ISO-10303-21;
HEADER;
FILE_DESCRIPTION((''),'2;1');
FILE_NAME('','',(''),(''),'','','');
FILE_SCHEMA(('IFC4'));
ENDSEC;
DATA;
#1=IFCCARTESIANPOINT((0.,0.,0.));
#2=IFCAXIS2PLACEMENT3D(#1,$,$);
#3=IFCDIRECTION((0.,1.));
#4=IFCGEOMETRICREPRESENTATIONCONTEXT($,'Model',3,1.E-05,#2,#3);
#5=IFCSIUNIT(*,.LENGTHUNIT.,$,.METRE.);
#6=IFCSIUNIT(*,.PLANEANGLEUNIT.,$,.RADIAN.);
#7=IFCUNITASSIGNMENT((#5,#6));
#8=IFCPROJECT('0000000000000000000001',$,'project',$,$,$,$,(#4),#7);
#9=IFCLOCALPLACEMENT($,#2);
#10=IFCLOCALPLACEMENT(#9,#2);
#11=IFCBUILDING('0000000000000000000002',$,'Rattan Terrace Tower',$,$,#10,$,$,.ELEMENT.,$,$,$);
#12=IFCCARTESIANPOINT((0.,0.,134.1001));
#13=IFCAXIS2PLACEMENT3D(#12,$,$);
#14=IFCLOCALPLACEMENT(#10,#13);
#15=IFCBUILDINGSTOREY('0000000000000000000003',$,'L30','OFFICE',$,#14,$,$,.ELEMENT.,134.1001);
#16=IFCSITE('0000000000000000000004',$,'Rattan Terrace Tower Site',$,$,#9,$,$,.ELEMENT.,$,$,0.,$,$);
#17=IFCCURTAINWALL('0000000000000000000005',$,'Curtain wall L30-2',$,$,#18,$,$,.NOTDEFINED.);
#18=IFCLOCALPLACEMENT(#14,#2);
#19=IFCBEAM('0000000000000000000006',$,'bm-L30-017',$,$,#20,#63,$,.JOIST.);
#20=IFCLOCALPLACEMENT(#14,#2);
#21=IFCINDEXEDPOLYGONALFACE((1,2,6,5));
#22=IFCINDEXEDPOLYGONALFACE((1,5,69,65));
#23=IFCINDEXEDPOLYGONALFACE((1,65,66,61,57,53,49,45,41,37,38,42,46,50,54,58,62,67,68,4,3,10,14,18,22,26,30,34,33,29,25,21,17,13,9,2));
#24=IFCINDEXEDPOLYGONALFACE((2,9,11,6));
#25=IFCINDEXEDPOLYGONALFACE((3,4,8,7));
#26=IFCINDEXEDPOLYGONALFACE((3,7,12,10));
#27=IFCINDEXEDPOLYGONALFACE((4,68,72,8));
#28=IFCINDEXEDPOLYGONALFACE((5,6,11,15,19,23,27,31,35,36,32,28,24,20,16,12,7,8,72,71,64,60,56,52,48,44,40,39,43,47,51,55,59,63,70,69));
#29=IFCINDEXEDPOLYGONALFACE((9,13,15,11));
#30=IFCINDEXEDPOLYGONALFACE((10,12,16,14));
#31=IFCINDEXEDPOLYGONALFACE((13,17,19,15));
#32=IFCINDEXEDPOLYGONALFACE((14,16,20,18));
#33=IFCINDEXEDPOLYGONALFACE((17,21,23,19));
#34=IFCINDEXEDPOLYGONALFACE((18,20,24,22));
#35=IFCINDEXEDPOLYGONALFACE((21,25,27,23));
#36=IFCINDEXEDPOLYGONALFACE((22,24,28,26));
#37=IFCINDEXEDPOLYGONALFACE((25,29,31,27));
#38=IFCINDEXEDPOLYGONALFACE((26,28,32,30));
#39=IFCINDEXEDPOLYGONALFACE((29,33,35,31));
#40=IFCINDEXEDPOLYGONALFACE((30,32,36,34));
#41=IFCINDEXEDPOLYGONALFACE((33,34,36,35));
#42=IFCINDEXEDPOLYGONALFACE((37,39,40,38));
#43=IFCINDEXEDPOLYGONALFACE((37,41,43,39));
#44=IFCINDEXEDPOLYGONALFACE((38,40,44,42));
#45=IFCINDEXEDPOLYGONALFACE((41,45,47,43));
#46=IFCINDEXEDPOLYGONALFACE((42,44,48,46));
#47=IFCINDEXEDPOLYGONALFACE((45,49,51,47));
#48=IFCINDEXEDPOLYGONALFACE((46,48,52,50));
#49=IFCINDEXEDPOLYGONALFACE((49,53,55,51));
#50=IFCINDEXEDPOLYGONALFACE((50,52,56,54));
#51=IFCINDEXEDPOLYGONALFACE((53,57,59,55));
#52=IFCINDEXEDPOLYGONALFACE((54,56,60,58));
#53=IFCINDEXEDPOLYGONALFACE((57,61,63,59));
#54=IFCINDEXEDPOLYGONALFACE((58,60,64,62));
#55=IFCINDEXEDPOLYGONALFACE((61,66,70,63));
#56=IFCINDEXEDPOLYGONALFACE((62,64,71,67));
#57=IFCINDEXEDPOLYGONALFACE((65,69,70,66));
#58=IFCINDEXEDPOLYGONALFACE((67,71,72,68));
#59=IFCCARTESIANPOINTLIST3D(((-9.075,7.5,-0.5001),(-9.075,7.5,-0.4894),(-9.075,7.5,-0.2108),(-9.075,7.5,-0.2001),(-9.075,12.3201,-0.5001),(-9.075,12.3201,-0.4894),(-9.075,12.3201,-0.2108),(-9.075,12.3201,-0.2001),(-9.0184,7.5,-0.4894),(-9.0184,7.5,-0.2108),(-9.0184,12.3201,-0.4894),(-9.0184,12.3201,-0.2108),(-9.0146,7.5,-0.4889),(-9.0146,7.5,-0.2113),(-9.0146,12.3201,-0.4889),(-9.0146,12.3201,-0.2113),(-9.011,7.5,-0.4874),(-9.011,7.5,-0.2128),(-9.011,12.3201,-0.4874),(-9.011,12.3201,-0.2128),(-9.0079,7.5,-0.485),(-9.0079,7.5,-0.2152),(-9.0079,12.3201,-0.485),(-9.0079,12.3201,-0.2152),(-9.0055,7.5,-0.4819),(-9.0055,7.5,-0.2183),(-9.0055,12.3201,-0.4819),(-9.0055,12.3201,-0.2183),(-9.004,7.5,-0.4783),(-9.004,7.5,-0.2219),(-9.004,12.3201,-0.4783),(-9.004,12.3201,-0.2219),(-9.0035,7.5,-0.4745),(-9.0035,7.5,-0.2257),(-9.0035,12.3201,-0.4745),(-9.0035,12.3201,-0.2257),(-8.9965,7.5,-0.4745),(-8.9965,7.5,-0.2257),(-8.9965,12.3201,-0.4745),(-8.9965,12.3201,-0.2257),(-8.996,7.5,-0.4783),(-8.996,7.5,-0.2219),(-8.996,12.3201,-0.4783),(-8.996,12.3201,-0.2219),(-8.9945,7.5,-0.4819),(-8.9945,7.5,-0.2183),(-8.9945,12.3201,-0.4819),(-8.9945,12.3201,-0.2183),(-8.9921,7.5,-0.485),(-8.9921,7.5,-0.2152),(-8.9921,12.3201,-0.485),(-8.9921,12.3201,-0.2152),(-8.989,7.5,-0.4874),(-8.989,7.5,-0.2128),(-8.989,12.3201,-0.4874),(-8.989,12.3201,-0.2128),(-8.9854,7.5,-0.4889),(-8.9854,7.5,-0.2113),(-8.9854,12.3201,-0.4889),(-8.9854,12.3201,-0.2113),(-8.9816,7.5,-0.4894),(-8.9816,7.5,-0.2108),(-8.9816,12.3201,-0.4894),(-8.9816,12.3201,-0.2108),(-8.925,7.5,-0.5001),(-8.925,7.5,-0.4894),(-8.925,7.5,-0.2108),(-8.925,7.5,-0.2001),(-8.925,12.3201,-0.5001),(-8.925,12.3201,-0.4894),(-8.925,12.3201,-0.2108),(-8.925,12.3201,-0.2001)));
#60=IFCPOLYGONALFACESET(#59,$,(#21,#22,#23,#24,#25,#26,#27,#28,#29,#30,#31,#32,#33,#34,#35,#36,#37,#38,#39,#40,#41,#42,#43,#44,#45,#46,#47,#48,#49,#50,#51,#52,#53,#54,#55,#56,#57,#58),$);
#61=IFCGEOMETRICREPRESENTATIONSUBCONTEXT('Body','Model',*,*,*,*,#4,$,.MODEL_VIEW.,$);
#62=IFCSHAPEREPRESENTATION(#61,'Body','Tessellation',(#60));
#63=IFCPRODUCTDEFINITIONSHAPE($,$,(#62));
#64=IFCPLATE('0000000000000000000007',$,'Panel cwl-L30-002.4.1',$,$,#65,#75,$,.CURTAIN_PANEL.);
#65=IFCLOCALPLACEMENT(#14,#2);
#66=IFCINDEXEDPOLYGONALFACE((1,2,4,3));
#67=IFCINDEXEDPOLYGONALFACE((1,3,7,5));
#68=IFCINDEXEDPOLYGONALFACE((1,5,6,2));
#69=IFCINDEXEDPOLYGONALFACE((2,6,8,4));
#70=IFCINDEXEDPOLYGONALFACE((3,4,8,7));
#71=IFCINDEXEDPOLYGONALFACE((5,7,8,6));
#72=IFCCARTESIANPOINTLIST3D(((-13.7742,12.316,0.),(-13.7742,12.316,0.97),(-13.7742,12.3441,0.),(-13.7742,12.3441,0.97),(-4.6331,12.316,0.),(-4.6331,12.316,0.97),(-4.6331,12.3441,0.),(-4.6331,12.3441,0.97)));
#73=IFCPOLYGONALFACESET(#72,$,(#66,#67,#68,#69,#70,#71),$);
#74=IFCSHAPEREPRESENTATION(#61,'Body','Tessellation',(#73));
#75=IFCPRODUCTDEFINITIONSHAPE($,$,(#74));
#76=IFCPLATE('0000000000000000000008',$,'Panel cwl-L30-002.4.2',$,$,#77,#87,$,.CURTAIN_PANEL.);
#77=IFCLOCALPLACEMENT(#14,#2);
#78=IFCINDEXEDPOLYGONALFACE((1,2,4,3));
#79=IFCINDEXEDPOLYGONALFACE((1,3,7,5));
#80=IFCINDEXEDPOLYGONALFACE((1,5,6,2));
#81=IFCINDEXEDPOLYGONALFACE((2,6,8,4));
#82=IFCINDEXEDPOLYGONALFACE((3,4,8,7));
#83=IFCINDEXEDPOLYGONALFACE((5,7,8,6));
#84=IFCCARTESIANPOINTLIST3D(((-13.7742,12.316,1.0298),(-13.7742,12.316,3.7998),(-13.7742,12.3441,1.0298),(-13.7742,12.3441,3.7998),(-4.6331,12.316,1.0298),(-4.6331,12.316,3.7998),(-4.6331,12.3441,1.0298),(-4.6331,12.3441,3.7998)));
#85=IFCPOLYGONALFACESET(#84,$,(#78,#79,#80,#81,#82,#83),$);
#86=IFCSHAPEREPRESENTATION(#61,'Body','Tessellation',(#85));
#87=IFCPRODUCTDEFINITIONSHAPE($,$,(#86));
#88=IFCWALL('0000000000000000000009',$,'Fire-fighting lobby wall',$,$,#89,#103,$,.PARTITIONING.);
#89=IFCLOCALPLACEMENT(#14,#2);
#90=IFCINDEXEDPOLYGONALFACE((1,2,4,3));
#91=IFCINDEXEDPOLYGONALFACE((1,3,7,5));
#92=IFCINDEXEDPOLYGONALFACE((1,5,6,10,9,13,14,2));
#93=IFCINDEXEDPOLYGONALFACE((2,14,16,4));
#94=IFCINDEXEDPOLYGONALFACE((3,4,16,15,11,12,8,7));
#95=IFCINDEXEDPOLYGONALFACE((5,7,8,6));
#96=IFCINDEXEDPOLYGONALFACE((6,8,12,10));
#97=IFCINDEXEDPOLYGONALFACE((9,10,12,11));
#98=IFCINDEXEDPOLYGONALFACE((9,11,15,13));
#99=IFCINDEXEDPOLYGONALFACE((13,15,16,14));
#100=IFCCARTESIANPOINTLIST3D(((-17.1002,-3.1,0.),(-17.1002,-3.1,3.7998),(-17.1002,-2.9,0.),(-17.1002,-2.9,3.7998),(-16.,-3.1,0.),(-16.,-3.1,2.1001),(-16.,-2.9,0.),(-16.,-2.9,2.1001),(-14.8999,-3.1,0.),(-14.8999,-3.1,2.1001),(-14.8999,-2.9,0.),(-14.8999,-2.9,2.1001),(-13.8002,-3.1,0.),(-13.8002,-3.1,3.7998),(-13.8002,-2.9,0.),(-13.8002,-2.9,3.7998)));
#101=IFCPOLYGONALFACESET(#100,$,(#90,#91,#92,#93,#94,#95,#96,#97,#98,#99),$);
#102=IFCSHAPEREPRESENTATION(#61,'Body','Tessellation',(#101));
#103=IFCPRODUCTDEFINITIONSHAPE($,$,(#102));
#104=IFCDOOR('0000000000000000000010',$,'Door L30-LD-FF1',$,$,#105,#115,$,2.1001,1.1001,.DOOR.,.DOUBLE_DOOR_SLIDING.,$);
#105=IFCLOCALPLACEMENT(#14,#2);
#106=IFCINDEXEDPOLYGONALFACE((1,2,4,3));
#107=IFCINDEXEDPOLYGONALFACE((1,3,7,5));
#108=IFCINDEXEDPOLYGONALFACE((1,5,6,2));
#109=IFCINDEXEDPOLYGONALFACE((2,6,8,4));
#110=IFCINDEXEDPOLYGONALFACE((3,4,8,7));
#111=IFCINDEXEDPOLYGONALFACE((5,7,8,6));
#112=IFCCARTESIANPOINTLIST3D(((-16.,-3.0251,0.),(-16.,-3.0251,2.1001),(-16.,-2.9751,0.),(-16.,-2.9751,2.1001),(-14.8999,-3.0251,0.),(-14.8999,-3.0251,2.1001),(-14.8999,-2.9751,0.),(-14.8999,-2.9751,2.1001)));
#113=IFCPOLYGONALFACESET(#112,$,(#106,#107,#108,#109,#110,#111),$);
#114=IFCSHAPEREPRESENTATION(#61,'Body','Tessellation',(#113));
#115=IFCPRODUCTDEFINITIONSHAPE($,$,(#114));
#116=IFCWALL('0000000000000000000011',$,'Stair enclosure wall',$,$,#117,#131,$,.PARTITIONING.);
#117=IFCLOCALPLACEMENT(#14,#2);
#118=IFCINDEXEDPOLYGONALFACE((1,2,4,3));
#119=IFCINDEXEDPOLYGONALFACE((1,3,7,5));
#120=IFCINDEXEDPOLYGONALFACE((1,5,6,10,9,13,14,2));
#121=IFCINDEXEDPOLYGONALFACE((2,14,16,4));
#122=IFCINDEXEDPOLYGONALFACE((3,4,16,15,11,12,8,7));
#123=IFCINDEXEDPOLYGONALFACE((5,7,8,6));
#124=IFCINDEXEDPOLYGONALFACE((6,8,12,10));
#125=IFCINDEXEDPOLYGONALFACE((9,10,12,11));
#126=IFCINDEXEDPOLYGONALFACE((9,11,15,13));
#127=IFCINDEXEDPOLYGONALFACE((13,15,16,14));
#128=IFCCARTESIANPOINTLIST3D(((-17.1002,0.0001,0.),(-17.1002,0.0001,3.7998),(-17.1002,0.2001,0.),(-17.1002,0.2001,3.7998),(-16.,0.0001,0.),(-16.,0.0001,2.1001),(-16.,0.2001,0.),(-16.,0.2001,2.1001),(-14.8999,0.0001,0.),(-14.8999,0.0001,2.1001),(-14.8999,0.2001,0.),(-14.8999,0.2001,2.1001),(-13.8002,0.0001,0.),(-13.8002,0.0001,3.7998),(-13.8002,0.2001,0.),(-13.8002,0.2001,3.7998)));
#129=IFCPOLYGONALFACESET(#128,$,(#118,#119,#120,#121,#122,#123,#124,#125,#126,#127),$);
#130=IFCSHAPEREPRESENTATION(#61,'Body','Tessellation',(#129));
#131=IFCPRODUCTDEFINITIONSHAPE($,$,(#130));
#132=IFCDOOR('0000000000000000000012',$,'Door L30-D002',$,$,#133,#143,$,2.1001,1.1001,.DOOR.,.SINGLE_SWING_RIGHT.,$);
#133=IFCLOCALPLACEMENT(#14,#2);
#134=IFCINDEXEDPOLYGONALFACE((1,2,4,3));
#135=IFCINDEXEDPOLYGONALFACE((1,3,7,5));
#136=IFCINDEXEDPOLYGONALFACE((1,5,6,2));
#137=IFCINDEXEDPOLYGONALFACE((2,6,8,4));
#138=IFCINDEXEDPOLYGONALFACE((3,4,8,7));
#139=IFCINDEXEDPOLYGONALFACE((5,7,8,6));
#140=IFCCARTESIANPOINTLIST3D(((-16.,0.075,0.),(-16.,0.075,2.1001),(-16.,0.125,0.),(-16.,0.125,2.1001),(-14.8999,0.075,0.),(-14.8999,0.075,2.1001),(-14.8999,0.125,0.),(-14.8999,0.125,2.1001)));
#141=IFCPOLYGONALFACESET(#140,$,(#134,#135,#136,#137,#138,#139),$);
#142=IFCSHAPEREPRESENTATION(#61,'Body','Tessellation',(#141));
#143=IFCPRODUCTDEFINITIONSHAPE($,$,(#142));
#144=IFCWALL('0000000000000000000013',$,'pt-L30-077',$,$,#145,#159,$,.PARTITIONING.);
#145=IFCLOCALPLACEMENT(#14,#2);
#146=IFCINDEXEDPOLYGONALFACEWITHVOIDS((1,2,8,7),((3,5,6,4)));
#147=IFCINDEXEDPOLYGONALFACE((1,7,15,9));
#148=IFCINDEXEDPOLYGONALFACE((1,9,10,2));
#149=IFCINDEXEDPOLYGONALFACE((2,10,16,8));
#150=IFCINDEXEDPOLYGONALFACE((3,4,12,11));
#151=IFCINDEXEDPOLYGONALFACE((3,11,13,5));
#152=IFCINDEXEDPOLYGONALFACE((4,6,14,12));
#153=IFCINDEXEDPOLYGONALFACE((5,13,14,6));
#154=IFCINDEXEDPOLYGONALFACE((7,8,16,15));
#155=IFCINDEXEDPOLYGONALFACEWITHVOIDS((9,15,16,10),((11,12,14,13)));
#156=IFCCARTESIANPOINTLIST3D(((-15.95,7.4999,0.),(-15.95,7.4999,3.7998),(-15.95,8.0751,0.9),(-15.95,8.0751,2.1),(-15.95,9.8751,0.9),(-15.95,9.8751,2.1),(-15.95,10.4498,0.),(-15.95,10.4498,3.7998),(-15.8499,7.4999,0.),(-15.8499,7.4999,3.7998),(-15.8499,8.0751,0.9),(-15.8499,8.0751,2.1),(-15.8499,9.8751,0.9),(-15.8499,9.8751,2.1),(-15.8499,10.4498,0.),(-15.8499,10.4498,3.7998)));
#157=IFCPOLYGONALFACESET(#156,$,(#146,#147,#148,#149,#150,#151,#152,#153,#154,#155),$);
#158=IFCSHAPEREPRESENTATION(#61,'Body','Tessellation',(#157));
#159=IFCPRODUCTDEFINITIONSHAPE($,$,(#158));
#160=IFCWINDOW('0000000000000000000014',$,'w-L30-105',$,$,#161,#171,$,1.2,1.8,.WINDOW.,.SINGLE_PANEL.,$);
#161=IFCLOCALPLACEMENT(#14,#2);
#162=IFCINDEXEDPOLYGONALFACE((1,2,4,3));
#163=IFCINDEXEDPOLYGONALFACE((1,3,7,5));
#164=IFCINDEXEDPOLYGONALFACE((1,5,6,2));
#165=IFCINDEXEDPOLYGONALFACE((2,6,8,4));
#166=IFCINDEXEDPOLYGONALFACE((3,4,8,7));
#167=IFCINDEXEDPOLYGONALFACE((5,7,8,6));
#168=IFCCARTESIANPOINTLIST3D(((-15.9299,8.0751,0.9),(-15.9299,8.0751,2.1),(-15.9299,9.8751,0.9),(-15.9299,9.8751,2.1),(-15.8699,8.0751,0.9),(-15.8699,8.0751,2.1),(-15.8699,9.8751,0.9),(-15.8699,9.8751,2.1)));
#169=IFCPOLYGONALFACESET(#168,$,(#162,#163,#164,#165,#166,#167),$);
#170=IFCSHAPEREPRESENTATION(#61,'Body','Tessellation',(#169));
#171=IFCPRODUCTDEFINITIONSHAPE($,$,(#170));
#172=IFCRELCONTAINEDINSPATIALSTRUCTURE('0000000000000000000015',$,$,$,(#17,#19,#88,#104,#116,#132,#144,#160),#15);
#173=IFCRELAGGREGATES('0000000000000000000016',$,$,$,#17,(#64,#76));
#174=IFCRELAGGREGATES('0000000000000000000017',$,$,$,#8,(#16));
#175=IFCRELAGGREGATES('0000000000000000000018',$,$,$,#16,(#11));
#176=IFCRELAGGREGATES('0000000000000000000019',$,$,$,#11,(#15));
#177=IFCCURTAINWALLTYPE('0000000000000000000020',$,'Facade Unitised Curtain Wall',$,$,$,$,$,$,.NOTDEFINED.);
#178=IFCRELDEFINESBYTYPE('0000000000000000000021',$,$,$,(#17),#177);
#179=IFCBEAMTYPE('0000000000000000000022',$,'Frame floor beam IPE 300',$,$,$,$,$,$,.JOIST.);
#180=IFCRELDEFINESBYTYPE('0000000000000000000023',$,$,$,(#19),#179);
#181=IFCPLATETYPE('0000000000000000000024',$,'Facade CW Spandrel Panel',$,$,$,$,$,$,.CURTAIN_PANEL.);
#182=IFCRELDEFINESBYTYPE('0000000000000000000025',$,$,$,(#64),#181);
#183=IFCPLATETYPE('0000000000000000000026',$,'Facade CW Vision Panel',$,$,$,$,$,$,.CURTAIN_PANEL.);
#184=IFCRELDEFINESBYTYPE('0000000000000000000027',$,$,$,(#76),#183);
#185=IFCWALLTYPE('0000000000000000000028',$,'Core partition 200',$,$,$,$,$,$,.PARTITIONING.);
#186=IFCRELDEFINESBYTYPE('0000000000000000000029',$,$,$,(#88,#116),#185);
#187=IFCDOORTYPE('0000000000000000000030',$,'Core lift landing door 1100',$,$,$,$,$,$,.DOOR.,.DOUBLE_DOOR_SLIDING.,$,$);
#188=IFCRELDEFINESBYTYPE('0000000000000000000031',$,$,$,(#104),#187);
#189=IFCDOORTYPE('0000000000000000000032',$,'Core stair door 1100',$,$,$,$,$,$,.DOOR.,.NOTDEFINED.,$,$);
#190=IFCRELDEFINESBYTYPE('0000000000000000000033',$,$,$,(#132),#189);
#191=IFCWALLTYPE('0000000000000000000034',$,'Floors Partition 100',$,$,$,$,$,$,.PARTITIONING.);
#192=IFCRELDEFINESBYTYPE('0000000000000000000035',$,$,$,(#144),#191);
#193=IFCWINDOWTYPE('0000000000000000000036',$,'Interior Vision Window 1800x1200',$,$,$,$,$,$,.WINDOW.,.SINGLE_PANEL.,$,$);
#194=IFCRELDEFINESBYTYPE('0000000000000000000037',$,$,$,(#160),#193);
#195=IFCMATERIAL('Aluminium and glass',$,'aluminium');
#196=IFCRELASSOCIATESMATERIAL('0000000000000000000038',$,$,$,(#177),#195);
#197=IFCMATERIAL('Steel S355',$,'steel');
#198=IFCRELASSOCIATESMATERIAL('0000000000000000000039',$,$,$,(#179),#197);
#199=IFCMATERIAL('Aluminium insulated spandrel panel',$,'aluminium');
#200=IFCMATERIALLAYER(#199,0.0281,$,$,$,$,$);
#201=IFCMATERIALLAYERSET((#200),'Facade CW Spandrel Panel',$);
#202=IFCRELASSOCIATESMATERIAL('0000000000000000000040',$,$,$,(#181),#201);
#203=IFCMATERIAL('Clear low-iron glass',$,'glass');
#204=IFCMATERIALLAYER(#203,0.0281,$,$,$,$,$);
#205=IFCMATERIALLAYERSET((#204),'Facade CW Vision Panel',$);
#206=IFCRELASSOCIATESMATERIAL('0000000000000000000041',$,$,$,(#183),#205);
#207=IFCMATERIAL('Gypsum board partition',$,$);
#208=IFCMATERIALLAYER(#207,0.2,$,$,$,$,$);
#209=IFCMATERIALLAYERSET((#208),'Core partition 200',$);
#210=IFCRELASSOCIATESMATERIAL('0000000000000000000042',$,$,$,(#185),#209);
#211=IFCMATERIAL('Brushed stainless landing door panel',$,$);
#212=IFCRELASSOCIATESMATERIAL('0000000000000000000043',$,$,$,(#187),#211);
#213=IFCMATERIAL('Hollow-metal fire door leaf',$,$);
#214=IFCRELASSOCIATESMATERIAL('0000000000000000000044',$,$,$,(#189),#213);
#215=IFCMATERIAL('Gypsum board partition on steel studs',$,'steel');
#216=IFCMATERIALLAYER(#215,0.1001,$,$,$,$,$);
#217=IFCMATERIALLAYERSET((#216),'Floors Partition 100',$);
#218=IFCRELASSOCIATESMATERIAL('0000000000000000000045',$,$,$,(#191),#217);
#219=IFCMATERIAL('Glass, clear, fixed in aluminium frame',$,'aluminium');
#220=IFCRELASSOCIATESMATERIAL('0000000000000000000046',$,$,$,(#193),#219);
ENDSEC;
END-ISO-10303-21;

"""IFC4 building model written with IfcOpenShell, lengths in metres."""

from ifc_helpers import new_model, si_unit, direction, frame, frame_2d, origin, origin_2d, place, context, subcontext, project, spatial, rectangle, i_section, extrude, material, layer, layer_set, material_profile, profile_set, type_object, element, fill, aggregate, save


model = new_model("IFC4")

# Units and contexts
model_context = context("Model", 3, precision=1e-05, world=origin(), true_north=direction((0.0, 1.0)))
body_context = subcontext(model_context, "Body", "Model", "MODEL_VIEW")
ifc_project = project(units=[si_unit("LENGTHUNIT", "METRE"), si_unit("PLANEANGLEUNIT", "RADIAN")], contexts=[model_context])

# Site, building, storey
site_placement = place(None, origin())
site = spatial("IfcSite", under=ifc_project, at=site_placement, Name="Rattan Terrace Tower Site", CompositionType="ELEMENT", RefElevation=0.0)
building_placement = place(site_placement, origin())
building = spatial("IfcBuilding", under=site, at=building_placement, Name="Rattan Terrace Tower", CompositionType="ELEMENT")
storey_placement = place(building_placement, frame((0.0, 0.0, 134.1001)))
storey = spatial("IfcBuildingStorey", under=building, at=storey_placement, Name="L30", Description="OFFICE", CompositionType="ELEMENT", Elevation=134.1001)

# Curtain wall
ifc_material_1 = material(Name="Aluminium and glass", Category="aluminium")
curtain_wall_type = type_object("IfcCurtainWallType", Name="Facade Unitised Curtain Wall", PredefinedType="NOTDEFINED", material=ifc_material_1)
curtain_wall_placement = place(storey_placement, origin())
curtain_wall = element("IfcCurtainWall", 1, at=curtain_wall_placement, inside=storey, type_object=curtain_wall_type, Name="Curtain wall L30-2", PredefinedType="NOTDEFINED")

# Beam
ifc_material_2 = material(Name="Steel S355", Category="steel")
ifc_material_profile_1 = material_profile(ifc_material_2, i_section(OverallWidth=0.1499, OverallDepth=0.3, WebThickness=0.0071, FlangeThickness=0.0107, FilletRadius=0.0149, at=origin_2d()), Name="IPE 300")
ifc_profile_set_1 = profile_set([ifc_material_profile_1], Name="Steel S355")
beam_type_1 = type_object("IfcBeamType", Name="Frame floor beam IPE 300", PredefinedType="JOIST", material=ifc_profile_set_1)
for number, where, z_axis, x_axis, name in (
    (2, (-9.0, 7.5, -0.3501), (0.0, 1.0, 0.0), (-1.0, 0.0, 0.0), "bm-L30-017"),
):
    element("IfcBeam", number, at=place(storey_placement, frame(where, z_axis=z_axis, x_axis=x_axis)), inside=storey, type_object=beam_type_1, Name=name, PredefinedType="JOIST", context=body_context, shape_type="SweptSolid", body=[
        extrude(i_section(OverallWidth=0.1499, OverallDepth=0.3, WebThickness=0.0071, FlangeThickness=0.0107, FilletRadius=0.0149, at=origin_2d()), origin(), (0.0, 0.0, 1.0), 4.8201),
    ])

# Plates
ifc_material_3 = material(Name="Aluminium insulated spandrel panel", Category="aluminium")
ifc_layer_1 = layer(ifc_material_3, 0.0281)
ifc_layer_set_1 = layer_set([ifc_layer_1], Name="Facade CW Spandrel Panel")
plate_type_1 = type_object("IfcPlateType", Name="Facade CW Spandrel Panel", PredefinedType="CURTAIN_PANEL", material=ifc_layer_set_1)
plate_1_placement = place(storey_placement, frame((-9.2036, 12.3301, 0.0), z_axis=(0.0, 0.0, 1.0), x_axis=(-1.0, 0.0, 0.0)))
plate_1 = element("IfcPlate", 3, at=plate_1_placement, type_object=plate_type_1, Name="Panel cwl-L30-002.4.1", PredefinedType="CURTAIN_PANEL", context=body_context, shape_type="SweptSolid", body=[
    extrude(rectangle(XDim=9.1411, YDim=0.0281, at=origin_2d()), origin(), (0.0, 0.0, 1.0), 0.97),
])
ifc_material_4 = material(Name="Clear low-iron glass", Category="glass")
ifc_layer_2 = layer(ifc_material_4, 0.0281)
ifc_layer_set_2 = layer_set([ifc_layer_2], Name="Facade CW Vision Panel")
plate_type_2 = type_object("IfcPlateType", Name="Facade CW Vision Panel", PredefinedType="CURTAIN_PANEL", material=ifc_layer_set_2)
plate_2_placement = place(storey_placement, frame((-9.2036, 12.3301, 1.0298), z_axis=(0.0, 0.0, 1.0), x_axis=(-1.0, 0.0, 0.0)))
plate_2 = element("IfcPlate", 4, at=plate_2_placement, type_object=plate_type_2, Name="Panel cwl-L30-002.4.2", PredefinedType="CURTAIN_PANEL", context=body_context, shape_type="SweptSolid", body=[
    extrude(rectangle(XDim=9.1411, YDim=0.0281, at=origin_2d()), origin(), (0.0, 0.0, 1.0), 2.77),
])
aggregate(curtain_wall, [plate_1, plate_2])

# Walls, openings, doors
ifc_material_5 = material(Name="Gypsum board partition")
ifc_layer_3 = layer(ifc_material_5, 0.2)
ifc_layer_set_3 = layer_set([ifc_layer_3], Name="Core partition 200")
wall_type_1 = type_object("IfcWallType", Name="Core partition 200", PredefinedType="PARTITIONING", material=ifc_layer_set_3)
wall_1_placement = place(storey_placement, frame((-17.1001, -3.0, 0.0), z_axis=(0.0, 0.0, 1.0), x_axis=(1.0, 0.0, 0.0)))
wall_1 = element("IfcWall", 5, at=wall_1_placement, inside=storey, type_object=wall_type_1, Name="Fire-fighting lobby wall", PredefinedType="PARTITIONING", context=body_context, shape_type="SweptSolid", body=[
    extrude(rectangle(XDim=3.3, YDim=0.2, at=frame_2d((1.6499, 0.0))), origin(), (0.0, 0.0, 1.0), 3.7998),
])
opening_1_placement = place(wall_1_placement, frame((1.1001, 0.0, 0.0)))
opening_1 = element("IfcOpeningElement", 6, at=opening_1_placement, cuts=wall_1, PredefinedType="OPENING", context=body_context, shape_type="SweptSolid", body=[
    extrude(rectangle(XDim=1.1001, YDim=2.1001, at=frame_2d((0.55, 1.05))), frame((0.0, 0.1106, 0.0), z_axis=(0.0, -1.0, 0.0), x_axis=(1.0, 0.0, 0.0)), (0.0, 0.0, 1.0), 0.2209),
])
ifc_material_6 = material(Name="Brushed stainless landing door panel")
door_type_1 = type_object("IfcDoorType", Name="Core lift landing door 1100", OperationType="DOUBLE_DOOR_SLIDING", PredefinedType="DOOR", material=ifc_material_6)
door_1_placement = place(opening_1_placement, origin())
door_1 = element("IfcDoor", 7, at=door_1_placement, inside=storey, type_object=door_type_1, Name="Door L30-LD-FF1", OperationType="DOUBLE_DOOR_SLIDING", OverallHeight=2.1001, OverallWidth=1.1001, PredefinedType="DOOR", context=body_context, shape_type="SweptSolid", body=[
    extrude(rectangle(XDim=1.1001, YDim=2.1001, at=frame_2d((0.55, 1.05))), frame((0.0, 0.0249, 0.0), z_axis=(0.0, -1.0, 0.0), x_axis=(1.0, 0.0, 0.0)), (0.0, 0.0, 1.0), 0.05),
])
fill(opening_1, door_1)
wall_2_placement = place(storey_placement, frame((-17.1001, 0.1001, 0.0), z_axis=(0.0, 0.0, 1.0), x_axis=(1.0, 0.0, 0.0)))
wall_2 = element("IfcWall", 8, at=wall_2_placement, inside=storey, type_object=wall_type_1, Name="Stair enclosure wall", PredefinedType="PARTITIONING", context=body_context, shape_type="SweptSolid", body=[
    extrude(rectangle(XDim=3.3, YDim=0.2, at=frame_2d((1.6499, 0.0))), origin(), (0.0, 0.0, 1.0), 3.7998),
])
opening_2_placement = place(wall_2_placement, frame((1.1001, 0.0, 0.0)))
opening_2 = element("IfcOpeningElement", 9, at=opening_2_placement, cuts=wall_2, PredefinedType="OPENING", context=body_context, shape_type="SweptSolid", body=[
    extrude(rectangle(XDim=1.1001, YDim=2.1001, at=frame_2d((0.55, 1.05))), frame((0.0, 0.1106, 0.0), z_axis=(0.0, -1.0, 0.0), x_axis=(1.0, 0.0, 0.0)), (0.0, 0.0, 1.0), 0.2209),
])
ifc_material_7 = material(Name="Hollow-metal fire door leaf")
door_type_2 = type_object("IfcDoorType", Name="Core stair door 1100", OperationType="NOTDEFINED", PredefinedType="DOOR", material=ifc_material_7)
door_2_placement = place(opening_2_placement, origin())
door_2 = element("IfcDoor", 10, at=door_2_placement, inside=storey, type_object=door_type_2, Name="Door L30-D002", OperationType="SINGLE_SWING_RIGHT", OverallHeight=2.1001, OverallWidth=1.1001, PredefinedType="DOOR", context=body_context, shape_type="SweptSolid", body=[
    extrude(rectangle(XDim=1.1001, YDim=2.1001, at=frame_2d((0.55, 1.05))), frame((0.0, 0.0249, 0.0), z_axis=(0.0, -1.0, 0.0), x_axis=(1.0, 0.0, 0.0)), (0.0, 0.0, 1.0), 0.05),
])
fill(opening_2, door_2)

# Wall, opening, window
ifc_material_8 = material(Name="Gypsum board partition on steel studs", Category="steel")
ifc_layer_4 = layer(ifc_material_8, 0.1001)
ifc_layer_set_4 = layer_set([ifc_layer_4], Name="Floors Partition 100")
wall_type_2 = type_object("IfcWallType", Name="Floors Partition 100", PredefinedType="PARTITIONING", material=ifc_layer_set_4)
wall_3_placement = place(storey_placement, frame((-15.8999, 10.45, 0.0), z_axis=(0.0, 0.0, 1.0), x_axis=(0.0, -1.0, 0.0)))
wall_3 = element("IfcWall", 11, at=wall_3_placement, inside=storey, type_object=wall_type_2, Name="pt-L30-077", PredefinedType="PARTITIONING", context=body_context, shape_type="SweptSolid", body=[
    extrude(rectangle(XDim=2.95, YDim=0.1001, at=frame_2d((1.4751, 0.0))), origin(), (0.0, 0.0, 1.0), 3.7998),
])
opening_3_placement = place(wall_3_placement, frame((0.575, 0.0, 0.8999)))
opening_3 = element("IfcOpeningElement", 12, at=opening_3_placement, cuts=wall_3, PredefinedType="OPENING", context=body_context, shape_type="SweptSolid", body=[
    extrude(rectangle(XDim=1.8, YDim=1.2, at=frame_2d((0.8999, 0.6001))), frame((0.0, 0.0605, 0.0), z_axis=(0.0, -1.0, 0.0), x_axis=(1.0, 0.0, 0.0)), (0.0, 0.0, 1.0), 0.1211),
])
ifc_material_9 = material(Name="Glass, clear, fixed in aluminium frame", Category="aluminium")
window_type = type_object("IfcWindowType", Name="Interior Vision Window 1800x1200", PartitioningType="SINGLE_PANEL", PredefinedType="WINDOW", material=ifc_material_9)
window_1_placement = place(opening_3_placement, origin())
window_1 = element("IfcWindow", 13, at=window_1_placement, inside=storey, type_object=window_type, Name="w-L30-105", OverallHeight=1.2, OverallWidth=1.8, PartitioningType="SINGLE_PANEL", PredefinedType="WINDOW", context=body_context, shape_type="SweptSolid", body=[
    extrude(rectangle(XDim=1.8, YDim=1.2, at=frame_2d((0.8999, 0.6001))), frame((0.0, 0.03, 0.0), z_axis=(0.0, -1.0, 0.0), x_axis=(1.0, 0.0, 0.0)), (0.0, 0.0, 1.0), 0.0601),
])
fill(opening_3, window_1)

save(model, "model.ifc")
